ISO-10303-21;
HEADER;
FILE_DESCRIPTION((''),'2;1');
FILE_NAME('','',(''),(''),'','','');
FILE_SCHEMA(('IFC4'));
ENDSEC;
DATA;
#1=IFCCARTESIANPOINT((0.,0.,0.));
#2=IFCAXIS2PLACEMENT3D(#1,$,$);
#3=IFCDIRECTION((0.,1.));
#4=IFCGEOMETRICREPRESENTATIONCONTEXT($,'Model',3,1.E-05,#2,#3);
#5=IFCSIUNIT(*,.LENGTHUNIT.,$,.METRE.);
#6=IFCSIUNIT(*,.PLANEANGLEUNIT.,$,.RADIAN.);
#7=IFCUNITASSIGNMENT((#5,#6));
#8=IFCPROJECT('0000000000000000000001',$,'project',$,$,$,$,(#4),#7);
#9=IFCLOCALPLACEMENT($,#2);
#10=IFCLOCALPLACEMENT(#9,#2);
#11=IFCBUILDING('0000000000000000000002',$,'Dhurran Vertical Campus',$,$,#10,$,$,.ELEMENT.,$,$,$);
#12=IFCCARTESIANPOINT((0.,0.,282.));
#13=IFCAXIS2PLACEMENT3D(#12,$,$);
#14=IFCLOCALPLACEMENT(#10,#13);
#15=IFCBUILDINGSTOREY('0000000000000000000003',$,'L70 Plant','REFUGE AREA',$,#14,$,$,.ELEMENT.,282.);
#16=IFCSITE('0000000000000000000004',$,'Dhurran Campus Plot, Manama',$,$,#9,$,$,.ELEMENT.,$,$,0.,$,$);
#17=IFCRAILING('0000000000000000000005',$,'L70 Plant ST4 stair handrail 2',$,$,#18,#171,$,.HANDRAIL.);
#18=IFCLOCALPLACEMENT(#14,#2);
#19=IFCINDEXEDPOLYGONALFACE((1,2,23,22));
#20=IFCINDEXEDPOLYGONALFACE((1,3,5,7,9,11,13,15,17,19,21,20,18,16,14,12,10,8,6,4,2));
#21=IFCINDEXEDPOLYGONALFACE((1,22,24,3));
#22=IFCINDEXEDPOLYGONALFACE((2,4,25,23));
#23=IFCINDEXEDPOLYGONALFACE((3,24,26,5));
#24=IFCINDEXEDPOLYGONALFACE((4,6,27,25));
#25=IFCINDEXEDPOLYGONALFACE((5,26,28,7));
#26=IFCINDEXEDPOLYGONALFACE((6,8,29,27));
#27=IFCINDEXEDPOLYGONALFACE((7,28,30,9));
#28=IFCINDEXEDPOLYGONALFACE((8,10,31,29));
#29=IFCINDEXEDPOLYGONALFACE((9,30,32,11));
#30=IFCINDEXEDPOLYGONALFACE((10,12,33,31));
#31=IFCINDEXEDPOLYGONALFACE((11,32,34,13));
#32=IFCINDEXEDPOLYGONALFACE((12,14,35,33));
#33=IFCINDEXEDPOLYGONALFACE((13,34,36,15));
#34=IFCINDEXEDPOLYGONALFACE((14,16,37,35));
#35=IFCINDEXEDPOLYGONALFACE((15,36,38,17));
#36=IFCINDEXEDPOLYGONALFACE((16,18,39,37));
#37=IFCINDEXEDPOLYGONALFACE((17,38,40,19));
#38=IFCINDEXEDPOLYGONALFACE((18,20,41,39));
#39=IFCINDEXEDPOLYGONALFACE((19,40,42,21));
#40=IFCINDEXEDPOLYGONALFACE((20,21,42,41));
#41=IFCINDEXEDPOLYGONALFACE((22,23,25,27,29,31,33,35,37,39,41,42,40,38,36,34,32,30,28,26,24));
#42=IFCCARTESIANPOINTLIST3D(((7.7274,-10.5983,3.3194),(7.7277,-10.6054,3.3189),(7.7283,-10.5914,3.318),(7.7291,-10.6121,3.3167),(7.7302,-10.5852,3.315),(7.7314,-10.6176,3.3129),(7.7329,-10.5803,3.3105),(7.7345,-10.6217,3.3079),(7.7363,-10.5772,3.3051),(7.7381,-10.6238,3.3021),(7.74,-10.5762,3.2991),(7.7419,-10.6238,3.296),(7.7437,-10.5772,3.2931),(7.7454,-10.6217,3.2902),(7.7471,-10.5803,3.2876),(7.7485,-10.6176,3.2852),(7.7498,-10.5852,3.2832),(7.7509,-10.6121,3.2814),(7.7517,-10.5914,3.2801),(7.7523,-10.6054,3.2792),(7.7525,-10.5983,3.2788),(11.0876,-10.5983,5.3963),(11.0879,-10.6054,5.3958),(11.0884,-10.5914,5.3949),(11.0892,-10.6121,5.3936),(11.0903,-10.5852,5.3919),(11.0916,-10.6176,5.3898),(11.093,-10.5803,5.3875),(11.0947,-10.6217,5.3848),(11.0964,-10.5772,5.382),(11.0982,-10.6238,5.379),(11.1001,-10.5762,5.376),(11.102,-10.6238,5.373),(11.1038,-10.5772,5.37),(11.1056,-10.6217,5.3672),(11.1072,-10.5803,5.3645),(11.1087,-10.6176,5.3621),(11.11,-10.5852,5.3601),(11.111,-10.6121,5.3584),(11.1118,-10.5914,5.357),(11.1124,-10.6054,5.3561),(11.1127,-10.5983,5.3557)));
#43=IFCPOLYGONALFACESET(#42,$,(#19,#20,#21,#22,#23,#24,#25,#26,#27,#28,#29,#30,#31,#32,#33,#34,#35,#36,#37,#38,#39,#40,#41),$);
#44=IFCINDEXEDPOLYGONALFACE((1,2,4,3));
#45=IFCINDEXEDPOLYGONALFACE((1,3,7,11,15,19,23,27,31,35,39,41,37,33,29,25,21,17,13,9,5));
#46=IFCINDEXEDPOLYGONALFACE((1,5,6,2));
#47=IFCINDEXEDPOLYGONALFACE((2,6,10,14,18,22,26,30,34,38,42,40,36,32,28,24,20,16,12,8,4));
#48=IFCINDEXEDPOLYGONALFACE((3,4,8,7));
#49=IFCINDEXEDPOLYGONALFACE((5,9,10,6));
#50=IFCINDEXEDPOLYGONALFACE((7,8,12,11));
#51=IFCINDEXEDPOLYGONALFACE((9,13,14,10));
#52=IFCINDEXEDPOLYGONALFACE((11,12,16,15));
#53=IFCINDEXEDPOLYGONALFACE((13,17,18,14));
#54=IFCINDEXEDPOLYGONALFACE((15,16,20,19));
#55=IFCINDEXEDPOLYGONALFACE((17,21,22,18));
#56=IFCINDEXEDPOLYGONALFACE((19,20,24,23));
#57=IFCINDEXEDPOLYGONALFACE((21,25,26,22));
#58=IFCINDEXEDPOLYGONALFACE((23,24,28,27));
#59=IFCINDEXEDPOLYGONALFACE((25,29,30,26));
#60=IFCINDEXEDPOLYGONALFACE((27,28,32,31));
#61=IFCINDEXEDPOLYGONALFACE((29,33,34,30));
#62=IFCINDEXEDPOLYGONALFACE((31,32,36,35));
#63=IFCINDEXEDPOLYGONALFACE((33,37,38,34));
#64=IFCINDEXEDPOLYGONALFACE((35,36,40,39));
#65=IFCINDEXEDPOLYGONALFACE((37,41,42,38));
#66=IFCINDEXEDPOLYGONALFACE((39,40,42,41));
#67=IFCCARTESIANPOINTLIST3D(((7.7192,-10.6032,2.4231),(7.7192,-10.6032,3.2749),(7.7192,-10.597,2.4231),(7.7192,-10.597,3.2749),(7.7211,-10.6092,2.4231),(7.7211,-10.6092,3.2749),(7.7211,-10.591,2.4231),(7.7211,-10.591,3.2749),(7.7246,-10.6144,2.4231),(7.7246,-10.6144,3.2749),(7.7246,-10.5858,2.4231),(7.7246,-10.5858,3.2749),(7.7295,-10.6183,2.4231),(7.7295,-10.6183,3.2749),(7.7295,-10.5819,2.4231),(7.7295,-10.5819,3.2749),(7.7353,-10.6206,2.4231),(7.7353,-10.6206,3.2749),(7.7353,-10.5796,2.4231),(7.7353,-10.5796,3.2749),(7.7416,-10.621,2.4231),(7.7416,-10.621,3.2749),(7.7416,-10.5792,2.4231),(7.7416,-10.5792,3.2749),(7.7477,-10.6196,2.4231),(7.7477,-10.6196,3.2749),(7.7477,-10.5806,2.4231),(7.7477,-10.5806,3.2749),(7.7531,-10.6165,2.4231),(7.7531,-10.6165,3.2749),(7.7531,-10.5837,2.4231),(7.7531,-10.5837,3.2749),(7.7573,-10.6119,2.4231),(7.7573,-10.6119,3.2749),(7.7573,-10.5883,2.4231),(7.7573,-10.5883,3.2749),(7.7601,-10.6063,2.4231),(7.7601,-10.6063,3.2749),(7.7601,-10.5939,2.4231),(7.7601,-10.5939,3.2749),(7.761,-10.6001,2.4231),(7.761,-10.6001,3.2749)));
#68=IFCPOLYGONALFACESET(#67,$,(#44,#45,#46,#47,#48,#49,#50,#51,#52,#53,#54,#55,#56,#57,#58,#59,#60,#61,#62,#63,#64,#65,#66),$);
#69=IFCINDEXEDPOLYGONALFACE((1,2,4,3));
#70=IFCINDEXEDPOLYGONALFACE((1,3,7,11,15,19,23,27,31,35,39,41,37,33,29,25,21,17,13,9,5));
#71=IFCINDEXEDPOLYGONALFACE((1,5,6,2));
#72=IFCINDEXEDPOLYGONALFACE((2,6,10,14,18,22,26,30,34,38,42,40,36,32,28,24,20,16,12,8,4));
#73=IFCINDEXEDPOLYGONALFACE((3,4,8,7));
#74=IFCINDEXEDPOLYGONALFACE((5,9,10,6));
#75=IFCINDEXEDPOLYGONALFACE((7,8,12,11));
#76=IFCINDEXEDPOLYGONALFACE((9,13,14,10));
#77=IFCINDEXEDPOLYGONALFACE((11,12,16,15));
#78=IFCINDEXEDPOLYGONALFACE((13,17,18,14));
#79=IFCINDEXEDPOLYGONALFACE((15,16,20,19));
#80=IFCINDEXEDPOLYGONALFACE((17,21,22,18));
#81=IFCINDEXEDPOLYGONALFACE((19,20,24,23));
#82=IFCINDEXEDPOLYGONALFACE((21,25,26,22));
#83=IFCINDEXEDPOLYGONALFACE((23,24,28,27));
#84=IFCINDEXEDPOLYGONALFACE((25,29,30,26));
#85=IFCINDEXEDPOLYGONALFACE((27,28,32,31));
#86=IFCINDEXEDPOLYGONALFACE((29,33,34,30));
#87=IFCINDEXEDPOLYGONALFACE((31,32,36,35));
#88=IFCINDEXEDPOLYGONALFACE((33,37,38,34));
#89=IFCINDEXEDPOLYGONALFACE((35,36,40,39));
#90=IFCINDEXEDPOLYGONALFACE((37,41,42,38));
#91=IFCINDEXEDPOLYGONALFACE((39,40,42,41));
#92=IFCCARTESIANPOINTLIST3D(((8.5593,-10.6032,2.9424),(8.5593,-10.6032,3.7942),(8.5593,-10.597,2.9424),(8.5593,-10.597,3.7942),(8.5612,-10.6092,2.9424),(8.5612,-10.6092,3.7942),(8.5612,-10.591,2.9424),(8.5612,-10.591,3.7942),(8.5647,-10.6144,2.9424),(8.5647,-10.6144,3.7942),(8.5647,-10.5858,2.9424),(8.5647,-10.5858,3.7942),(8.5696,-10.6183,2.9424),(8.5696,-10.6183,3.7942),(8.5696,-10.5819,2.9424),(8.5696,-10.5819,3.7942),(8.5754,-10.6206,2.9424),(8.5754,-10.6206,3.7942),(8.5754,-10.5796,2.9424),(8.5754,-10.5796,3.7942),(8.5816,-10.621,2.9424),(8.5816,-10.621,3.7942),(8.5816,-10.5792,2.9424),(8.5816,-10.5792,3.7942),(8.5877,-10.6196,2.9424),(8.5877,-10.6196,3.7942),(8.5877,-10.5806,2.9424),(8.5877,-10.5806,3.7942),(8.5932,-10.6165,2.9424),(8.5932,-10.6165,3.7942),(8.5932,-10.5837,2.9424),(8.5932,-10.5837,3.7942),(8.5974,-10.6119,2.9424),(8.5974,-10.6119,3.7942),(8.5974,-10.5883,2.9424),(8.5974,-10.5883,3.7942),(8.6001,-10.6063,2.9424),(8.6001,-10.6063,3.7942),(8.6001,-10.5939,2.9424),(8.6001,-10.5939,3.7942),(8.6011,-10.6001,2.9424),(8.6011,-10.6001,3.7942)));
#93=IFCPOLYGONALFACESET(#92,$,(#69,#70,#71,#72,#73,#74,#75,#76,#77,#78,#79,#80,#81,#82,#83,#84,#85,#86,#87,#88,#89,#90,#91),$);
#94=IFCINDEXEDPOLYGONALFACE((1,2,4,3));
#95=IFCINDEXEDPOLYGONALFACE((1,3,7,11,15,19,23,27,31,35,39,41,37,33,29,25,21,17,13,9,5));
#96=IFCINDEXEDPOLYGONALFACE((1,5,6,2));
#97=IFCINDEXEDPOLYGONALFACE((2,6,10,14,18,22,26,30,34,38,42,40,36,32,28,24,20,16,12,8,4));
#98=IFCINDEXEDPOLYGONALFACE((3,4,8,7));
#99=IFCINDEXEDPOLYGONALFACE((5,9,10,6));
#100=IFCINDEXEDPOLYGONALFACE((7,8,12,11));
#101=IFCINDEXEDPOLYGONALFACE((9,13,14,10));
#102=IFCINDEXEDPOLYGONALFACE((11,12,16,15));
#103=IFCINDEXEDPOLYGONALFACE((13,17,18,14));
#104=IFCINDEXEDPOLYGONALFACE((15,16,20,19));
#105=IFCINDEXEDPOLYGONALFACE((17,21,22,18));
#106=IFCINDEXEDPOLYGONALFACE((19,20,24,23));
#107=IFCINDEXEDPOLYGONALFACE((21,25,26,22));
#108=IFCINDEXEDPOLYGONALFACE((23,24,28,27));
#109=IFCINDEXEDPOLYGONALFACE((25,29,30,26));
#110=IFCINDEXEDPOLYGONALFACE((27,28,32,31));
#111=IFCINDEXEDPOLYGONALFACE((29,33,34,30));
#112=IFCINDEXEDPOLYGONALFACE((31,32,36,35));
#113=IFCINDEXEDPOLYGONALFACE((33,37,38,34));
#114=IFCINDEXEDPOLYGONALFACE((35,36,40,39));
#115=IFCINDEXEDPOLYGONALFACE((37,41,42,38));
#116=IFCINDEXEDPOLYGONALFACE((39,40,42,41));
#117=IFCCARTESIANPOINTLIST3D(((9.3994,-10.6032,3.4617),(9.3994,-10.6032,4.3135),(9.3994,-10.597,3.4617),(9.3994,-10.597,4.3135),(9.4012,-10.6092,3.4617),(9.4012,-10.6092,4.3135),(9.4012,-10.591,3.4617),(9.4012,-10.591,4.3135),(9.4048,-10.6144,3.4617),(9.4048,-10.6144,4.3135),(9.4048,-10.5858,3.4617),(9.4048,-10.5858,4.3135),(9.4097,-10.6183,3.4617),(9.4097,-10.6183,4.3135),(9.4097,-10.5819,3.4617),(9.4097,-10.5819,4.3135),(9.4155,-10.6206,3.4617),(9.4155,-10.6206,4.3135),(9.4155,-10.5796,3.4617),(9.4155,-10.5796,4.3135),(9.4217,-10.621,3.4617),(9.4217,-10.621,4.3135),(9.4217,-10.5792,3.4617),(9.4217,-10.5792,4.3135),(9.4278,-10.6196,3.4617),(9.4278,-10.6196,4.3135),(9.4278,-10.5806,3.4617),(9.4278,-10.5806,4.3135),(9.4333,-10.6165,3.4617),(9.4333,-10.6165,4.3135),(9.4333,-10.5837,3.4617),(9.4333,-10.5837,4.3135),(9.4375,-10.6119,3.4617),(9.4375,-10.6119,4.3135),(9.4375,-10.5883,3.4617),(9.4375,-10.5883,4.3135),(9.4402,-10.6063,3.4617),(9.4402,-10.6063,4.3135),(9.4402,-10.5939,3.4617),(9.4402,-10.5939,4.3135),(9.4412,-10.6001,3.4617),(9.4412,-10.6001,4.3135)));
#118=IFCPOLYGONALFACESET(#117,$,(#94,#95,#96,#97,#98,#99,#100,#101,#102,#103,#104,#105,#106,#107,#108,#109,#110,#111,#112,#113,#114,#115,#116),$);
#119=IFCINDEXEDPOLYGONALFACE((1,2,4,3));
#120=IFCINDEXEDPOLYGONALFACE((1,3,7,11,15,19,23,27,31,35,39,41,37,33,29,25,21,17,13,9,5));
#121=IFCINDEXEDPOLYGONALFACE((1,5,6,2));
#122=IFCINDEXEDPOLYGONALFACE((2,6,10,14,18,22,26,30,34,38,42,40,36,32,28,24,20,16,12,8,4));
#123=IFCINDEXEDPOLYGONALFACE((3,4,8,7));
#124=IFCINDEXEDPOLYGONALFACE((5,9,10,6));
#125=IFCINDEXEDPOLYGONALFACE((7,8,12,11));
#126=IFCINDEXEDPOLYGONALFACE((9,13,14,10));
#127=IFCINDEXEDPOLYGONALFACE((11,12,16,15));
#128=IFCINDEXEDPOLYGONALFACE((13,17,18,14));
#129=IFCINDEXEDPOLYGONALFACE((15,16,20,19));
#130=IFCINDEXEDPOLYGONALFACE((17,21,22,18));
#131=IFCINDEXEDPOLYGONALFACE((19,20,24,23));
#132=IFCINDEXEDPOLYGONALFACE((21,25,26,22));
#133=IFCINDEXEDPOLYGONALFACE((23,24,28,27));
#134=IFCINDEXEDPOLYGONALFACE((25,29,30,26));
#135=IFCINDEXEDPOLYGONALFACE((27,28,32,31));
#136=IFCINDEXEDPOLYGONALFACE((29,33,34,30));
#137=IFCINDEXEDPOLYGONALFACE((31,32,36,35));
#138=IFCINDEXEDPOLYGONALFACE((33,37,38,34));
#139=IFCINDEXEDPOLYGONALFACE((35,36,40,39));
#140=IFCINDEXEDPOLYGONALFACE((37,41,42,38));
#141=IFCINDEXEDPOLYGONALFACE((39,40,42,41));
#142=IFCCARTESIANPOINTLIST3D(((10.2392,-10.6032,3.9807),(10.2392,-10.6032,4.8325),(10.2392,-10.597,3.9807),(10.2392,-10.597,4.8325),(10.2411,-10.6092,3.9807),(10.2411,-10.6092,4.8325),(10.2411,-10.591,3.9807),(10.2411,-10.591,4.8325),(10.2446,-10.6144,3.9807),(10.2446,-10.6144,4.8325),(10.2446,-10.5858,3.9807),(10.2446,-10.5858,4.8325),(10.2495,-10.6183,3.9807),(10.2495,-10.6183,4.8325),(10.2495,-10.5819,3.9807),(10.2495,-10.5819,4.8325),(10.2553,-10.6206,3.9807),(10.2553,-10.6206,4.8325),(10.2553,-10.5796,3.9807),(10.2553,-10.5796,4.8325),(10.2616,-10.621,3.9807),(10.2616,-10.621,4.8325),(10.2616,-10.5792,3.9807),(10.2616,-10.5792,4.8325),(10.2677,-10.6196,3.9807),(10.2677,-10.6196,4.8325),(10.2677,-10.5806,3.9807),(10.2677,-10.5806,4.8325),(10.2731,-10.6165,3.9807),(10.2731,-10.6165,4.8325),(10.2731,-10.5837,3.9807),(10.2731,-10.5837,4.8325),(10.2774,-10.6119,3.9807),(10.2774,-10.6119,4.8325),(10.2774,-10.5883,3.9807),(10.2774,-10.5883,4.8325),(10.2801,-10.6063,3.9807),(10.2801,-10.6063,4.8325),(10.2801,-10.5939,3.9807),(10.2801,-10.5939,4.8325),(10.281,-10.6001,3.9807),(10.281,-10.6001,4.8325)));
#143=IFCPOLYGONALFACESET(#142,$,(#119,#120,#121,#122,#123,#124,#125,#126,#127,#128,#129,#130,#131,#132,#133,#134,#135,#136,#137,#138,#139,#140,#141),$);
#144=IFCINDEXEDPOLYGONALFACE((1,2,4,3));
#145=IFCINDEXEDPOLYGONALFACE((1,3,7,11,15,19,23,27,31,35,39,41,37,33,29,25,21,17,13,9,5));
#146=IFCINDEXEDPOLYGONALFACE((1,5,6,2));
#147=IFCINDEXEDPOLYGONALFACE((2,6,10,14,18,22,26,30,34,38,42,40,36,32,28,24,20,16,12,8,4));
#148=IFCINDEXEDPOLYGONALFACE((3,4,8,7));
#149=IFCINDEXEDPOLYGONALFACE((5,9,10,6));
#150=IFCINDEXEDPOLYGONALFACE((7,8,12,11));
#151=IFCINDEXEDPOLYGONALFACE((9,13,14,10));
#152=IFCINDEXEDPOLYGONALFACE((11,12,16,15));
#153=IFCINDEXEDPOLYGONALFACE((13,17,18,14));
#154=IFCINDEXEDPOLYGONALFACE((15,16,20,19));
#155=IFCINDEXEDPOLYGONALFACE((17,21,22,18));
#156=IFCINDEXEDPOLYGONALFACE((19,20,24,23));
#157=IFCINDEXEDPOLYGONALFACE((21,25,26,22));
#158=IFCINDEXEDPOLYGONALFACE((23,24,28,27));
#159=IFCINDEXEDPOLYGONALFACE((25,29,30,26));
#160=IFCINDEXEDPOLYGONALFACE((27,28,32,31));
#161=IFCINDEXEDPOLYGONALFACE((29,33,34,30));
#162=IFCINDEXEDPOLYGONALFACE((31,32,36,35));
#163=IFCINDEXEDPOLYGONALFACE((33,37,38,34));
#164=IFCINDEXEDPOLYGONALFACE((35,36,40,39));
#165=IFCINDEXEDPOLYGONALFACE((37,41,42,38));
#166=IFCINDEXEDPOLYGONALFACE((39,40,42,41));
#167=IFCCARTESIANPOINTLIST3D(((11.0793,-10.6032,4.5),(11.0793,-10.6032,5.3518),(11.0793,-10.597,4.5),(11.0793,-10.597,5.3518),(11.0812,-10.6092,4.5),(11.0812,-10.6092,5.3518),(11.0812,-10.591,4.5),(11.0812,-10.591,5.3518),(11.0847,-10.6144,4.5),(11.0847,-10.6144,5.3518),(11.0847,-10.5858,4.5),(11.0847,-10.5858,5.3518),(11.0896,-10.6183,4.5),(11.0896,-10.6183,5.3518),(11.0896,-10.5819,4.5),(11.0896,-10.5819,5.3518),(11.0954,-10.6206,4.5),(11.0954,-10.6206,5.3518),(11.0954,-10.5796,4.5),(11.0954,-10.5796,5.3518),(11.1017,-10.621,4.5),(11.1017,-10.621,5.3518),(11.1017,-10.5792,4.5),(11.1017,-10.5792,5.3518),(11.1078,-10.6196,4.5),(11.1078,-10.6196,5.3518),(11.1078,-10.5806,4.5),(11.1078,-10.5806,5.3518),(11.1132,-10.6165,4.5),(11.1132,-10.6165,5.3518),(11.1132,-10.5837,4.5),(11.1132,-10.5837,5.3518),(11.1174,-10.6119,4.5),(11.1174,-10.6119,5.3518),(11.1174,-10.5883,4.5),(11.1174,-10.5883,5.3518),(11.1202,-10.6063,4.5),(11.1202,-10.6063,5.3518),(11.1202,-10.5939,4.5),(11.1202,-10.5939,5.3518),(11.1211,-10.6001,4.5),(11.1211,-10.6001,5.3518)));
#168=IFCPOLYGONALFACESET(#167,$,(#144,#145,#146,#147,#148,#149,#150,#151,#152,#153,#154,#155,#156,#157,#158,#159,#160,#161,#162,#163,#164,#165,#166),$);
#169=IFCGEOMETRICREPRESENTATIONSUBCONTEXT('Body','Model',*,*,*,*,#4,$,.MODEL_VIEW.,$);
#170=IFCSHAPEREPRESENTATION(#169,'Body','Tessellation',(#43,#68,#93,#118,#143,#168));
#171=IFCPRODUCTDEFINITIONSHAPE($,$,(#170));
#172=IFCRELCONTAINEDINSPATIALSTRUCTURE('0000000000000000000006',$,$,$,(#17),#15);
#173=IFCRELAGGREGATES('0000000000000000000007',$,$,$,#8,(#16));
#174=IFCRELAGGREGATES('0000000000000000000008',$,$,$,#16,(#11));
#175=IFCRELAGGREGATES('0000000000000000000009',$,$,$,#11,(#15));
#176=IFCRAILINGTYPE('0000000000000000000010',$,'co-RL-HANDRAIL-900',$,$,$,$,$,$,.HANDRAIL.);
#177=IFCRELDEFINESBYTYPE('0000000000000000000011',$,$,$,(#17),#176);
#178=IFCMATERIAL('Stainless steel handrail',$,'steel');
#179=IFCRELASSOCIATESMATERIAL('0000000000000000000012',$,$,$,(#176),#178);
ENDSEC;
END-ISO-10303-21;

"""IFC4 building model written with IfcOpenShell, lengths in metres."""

from ifc_helpers import new_model, si_unit, direction, frame, origin, origin_2d, place, context, subcontext, project, spatial, circle, extrude, material, type_object, element, save


model = new_model("IFC4")

# Units and contexts
model_context = context("Model", 3, precision=1e-05, world=origin(), true_north=direction((0.0, 1.0)))
body_context = subcontext(model_context, "Body", "Model", "MODEL_VIEW")
ifc_project = project(units=[si_unit("LENGTHUNIT", "METRE"), si_unit("PLANEANGLEUNIT", "RADIAN")], contexts=[model_context])

# Site, building, storey
site_placement = place(None, origin())
site = spatial("IfcSite", under=ifc_project, at=site_placement, Name="Dhurran Campus Plot, Manama", CompositionType="ELEMENT", RefElevation=0.0)
building_placement = place(site_placement, origin())
building = spatial("IfcBuilding", under=site, at=building_placement, Name="Dhurran Vertical Campus", CompositionType="ELEMENT")
storey_placement = place(building_placement, frame((0.0, 0.0, 282.0)))
storey = spatial("IfcBuildingStorey", under=building, at=storey_placement, Name="L70 Plant", Description="REFUGE AREA", CompositionType="ELEMENT", Elevation=282.0)

# Railing
ifc_material_1 = material(Name="Stainless steel handrail", Category="steel")
railing_type_1 = type_object("IfcRailingType", Name="co-RL-HANDRAIL-900", PredefinedType="HANDRAIL", material=ifc_material_1)
railing_1_placement = place(storey_placement, frame((7.74, -10.6001, 2.4231)))
element("IfcRailing", 1, at=railing_1_placement, inside=storey, type_object=railing_type_1, Name="L70 Plant ST4 stair handrail 2", PredefinedType="HANDRAIL", context=body_context, shape_type="SweptSolid", body=[
    extrude(circle(Radius=0.0239, at=origin_2d()), frame((0.0, 0.0, 0.876), z_axis=(0.850623, 0.0, 0.525776), x_axis=(0.0, 1.0, 0.0)), (0.0, 0.0, 1.0), 3.9502),
    extrude(circle(Radius=0.021, at=origin_2d()), origin(), (0.0, 0.0, 1.0), 0.8518),
    extrude(circle(Radius=0.021, at=origin_2d()), frame((0.8401, 0.0, 0.5193)), (0.0, 0.0, 1.0), 0.8518),
    extrude(circle(Radius=0.021, at=origin_2d()), frame((1.6802, 0.0, 1.0386)), (0.0, 0.0, 1.0), 0.8518),
    extrude(circle(Radius=0.021, at=origin_2d()), frame((2.52, 0.0, 1.5576)), (0.0, 0.0, 1.0), 0.8518),
    extrude(circle(Radius=0.021, at=origin_2d()), frame((3.3601, 0.0, 2.0769)), (0.0, 0.0, 1.0), 0.8518),
])

save(model, "model.ifc")
